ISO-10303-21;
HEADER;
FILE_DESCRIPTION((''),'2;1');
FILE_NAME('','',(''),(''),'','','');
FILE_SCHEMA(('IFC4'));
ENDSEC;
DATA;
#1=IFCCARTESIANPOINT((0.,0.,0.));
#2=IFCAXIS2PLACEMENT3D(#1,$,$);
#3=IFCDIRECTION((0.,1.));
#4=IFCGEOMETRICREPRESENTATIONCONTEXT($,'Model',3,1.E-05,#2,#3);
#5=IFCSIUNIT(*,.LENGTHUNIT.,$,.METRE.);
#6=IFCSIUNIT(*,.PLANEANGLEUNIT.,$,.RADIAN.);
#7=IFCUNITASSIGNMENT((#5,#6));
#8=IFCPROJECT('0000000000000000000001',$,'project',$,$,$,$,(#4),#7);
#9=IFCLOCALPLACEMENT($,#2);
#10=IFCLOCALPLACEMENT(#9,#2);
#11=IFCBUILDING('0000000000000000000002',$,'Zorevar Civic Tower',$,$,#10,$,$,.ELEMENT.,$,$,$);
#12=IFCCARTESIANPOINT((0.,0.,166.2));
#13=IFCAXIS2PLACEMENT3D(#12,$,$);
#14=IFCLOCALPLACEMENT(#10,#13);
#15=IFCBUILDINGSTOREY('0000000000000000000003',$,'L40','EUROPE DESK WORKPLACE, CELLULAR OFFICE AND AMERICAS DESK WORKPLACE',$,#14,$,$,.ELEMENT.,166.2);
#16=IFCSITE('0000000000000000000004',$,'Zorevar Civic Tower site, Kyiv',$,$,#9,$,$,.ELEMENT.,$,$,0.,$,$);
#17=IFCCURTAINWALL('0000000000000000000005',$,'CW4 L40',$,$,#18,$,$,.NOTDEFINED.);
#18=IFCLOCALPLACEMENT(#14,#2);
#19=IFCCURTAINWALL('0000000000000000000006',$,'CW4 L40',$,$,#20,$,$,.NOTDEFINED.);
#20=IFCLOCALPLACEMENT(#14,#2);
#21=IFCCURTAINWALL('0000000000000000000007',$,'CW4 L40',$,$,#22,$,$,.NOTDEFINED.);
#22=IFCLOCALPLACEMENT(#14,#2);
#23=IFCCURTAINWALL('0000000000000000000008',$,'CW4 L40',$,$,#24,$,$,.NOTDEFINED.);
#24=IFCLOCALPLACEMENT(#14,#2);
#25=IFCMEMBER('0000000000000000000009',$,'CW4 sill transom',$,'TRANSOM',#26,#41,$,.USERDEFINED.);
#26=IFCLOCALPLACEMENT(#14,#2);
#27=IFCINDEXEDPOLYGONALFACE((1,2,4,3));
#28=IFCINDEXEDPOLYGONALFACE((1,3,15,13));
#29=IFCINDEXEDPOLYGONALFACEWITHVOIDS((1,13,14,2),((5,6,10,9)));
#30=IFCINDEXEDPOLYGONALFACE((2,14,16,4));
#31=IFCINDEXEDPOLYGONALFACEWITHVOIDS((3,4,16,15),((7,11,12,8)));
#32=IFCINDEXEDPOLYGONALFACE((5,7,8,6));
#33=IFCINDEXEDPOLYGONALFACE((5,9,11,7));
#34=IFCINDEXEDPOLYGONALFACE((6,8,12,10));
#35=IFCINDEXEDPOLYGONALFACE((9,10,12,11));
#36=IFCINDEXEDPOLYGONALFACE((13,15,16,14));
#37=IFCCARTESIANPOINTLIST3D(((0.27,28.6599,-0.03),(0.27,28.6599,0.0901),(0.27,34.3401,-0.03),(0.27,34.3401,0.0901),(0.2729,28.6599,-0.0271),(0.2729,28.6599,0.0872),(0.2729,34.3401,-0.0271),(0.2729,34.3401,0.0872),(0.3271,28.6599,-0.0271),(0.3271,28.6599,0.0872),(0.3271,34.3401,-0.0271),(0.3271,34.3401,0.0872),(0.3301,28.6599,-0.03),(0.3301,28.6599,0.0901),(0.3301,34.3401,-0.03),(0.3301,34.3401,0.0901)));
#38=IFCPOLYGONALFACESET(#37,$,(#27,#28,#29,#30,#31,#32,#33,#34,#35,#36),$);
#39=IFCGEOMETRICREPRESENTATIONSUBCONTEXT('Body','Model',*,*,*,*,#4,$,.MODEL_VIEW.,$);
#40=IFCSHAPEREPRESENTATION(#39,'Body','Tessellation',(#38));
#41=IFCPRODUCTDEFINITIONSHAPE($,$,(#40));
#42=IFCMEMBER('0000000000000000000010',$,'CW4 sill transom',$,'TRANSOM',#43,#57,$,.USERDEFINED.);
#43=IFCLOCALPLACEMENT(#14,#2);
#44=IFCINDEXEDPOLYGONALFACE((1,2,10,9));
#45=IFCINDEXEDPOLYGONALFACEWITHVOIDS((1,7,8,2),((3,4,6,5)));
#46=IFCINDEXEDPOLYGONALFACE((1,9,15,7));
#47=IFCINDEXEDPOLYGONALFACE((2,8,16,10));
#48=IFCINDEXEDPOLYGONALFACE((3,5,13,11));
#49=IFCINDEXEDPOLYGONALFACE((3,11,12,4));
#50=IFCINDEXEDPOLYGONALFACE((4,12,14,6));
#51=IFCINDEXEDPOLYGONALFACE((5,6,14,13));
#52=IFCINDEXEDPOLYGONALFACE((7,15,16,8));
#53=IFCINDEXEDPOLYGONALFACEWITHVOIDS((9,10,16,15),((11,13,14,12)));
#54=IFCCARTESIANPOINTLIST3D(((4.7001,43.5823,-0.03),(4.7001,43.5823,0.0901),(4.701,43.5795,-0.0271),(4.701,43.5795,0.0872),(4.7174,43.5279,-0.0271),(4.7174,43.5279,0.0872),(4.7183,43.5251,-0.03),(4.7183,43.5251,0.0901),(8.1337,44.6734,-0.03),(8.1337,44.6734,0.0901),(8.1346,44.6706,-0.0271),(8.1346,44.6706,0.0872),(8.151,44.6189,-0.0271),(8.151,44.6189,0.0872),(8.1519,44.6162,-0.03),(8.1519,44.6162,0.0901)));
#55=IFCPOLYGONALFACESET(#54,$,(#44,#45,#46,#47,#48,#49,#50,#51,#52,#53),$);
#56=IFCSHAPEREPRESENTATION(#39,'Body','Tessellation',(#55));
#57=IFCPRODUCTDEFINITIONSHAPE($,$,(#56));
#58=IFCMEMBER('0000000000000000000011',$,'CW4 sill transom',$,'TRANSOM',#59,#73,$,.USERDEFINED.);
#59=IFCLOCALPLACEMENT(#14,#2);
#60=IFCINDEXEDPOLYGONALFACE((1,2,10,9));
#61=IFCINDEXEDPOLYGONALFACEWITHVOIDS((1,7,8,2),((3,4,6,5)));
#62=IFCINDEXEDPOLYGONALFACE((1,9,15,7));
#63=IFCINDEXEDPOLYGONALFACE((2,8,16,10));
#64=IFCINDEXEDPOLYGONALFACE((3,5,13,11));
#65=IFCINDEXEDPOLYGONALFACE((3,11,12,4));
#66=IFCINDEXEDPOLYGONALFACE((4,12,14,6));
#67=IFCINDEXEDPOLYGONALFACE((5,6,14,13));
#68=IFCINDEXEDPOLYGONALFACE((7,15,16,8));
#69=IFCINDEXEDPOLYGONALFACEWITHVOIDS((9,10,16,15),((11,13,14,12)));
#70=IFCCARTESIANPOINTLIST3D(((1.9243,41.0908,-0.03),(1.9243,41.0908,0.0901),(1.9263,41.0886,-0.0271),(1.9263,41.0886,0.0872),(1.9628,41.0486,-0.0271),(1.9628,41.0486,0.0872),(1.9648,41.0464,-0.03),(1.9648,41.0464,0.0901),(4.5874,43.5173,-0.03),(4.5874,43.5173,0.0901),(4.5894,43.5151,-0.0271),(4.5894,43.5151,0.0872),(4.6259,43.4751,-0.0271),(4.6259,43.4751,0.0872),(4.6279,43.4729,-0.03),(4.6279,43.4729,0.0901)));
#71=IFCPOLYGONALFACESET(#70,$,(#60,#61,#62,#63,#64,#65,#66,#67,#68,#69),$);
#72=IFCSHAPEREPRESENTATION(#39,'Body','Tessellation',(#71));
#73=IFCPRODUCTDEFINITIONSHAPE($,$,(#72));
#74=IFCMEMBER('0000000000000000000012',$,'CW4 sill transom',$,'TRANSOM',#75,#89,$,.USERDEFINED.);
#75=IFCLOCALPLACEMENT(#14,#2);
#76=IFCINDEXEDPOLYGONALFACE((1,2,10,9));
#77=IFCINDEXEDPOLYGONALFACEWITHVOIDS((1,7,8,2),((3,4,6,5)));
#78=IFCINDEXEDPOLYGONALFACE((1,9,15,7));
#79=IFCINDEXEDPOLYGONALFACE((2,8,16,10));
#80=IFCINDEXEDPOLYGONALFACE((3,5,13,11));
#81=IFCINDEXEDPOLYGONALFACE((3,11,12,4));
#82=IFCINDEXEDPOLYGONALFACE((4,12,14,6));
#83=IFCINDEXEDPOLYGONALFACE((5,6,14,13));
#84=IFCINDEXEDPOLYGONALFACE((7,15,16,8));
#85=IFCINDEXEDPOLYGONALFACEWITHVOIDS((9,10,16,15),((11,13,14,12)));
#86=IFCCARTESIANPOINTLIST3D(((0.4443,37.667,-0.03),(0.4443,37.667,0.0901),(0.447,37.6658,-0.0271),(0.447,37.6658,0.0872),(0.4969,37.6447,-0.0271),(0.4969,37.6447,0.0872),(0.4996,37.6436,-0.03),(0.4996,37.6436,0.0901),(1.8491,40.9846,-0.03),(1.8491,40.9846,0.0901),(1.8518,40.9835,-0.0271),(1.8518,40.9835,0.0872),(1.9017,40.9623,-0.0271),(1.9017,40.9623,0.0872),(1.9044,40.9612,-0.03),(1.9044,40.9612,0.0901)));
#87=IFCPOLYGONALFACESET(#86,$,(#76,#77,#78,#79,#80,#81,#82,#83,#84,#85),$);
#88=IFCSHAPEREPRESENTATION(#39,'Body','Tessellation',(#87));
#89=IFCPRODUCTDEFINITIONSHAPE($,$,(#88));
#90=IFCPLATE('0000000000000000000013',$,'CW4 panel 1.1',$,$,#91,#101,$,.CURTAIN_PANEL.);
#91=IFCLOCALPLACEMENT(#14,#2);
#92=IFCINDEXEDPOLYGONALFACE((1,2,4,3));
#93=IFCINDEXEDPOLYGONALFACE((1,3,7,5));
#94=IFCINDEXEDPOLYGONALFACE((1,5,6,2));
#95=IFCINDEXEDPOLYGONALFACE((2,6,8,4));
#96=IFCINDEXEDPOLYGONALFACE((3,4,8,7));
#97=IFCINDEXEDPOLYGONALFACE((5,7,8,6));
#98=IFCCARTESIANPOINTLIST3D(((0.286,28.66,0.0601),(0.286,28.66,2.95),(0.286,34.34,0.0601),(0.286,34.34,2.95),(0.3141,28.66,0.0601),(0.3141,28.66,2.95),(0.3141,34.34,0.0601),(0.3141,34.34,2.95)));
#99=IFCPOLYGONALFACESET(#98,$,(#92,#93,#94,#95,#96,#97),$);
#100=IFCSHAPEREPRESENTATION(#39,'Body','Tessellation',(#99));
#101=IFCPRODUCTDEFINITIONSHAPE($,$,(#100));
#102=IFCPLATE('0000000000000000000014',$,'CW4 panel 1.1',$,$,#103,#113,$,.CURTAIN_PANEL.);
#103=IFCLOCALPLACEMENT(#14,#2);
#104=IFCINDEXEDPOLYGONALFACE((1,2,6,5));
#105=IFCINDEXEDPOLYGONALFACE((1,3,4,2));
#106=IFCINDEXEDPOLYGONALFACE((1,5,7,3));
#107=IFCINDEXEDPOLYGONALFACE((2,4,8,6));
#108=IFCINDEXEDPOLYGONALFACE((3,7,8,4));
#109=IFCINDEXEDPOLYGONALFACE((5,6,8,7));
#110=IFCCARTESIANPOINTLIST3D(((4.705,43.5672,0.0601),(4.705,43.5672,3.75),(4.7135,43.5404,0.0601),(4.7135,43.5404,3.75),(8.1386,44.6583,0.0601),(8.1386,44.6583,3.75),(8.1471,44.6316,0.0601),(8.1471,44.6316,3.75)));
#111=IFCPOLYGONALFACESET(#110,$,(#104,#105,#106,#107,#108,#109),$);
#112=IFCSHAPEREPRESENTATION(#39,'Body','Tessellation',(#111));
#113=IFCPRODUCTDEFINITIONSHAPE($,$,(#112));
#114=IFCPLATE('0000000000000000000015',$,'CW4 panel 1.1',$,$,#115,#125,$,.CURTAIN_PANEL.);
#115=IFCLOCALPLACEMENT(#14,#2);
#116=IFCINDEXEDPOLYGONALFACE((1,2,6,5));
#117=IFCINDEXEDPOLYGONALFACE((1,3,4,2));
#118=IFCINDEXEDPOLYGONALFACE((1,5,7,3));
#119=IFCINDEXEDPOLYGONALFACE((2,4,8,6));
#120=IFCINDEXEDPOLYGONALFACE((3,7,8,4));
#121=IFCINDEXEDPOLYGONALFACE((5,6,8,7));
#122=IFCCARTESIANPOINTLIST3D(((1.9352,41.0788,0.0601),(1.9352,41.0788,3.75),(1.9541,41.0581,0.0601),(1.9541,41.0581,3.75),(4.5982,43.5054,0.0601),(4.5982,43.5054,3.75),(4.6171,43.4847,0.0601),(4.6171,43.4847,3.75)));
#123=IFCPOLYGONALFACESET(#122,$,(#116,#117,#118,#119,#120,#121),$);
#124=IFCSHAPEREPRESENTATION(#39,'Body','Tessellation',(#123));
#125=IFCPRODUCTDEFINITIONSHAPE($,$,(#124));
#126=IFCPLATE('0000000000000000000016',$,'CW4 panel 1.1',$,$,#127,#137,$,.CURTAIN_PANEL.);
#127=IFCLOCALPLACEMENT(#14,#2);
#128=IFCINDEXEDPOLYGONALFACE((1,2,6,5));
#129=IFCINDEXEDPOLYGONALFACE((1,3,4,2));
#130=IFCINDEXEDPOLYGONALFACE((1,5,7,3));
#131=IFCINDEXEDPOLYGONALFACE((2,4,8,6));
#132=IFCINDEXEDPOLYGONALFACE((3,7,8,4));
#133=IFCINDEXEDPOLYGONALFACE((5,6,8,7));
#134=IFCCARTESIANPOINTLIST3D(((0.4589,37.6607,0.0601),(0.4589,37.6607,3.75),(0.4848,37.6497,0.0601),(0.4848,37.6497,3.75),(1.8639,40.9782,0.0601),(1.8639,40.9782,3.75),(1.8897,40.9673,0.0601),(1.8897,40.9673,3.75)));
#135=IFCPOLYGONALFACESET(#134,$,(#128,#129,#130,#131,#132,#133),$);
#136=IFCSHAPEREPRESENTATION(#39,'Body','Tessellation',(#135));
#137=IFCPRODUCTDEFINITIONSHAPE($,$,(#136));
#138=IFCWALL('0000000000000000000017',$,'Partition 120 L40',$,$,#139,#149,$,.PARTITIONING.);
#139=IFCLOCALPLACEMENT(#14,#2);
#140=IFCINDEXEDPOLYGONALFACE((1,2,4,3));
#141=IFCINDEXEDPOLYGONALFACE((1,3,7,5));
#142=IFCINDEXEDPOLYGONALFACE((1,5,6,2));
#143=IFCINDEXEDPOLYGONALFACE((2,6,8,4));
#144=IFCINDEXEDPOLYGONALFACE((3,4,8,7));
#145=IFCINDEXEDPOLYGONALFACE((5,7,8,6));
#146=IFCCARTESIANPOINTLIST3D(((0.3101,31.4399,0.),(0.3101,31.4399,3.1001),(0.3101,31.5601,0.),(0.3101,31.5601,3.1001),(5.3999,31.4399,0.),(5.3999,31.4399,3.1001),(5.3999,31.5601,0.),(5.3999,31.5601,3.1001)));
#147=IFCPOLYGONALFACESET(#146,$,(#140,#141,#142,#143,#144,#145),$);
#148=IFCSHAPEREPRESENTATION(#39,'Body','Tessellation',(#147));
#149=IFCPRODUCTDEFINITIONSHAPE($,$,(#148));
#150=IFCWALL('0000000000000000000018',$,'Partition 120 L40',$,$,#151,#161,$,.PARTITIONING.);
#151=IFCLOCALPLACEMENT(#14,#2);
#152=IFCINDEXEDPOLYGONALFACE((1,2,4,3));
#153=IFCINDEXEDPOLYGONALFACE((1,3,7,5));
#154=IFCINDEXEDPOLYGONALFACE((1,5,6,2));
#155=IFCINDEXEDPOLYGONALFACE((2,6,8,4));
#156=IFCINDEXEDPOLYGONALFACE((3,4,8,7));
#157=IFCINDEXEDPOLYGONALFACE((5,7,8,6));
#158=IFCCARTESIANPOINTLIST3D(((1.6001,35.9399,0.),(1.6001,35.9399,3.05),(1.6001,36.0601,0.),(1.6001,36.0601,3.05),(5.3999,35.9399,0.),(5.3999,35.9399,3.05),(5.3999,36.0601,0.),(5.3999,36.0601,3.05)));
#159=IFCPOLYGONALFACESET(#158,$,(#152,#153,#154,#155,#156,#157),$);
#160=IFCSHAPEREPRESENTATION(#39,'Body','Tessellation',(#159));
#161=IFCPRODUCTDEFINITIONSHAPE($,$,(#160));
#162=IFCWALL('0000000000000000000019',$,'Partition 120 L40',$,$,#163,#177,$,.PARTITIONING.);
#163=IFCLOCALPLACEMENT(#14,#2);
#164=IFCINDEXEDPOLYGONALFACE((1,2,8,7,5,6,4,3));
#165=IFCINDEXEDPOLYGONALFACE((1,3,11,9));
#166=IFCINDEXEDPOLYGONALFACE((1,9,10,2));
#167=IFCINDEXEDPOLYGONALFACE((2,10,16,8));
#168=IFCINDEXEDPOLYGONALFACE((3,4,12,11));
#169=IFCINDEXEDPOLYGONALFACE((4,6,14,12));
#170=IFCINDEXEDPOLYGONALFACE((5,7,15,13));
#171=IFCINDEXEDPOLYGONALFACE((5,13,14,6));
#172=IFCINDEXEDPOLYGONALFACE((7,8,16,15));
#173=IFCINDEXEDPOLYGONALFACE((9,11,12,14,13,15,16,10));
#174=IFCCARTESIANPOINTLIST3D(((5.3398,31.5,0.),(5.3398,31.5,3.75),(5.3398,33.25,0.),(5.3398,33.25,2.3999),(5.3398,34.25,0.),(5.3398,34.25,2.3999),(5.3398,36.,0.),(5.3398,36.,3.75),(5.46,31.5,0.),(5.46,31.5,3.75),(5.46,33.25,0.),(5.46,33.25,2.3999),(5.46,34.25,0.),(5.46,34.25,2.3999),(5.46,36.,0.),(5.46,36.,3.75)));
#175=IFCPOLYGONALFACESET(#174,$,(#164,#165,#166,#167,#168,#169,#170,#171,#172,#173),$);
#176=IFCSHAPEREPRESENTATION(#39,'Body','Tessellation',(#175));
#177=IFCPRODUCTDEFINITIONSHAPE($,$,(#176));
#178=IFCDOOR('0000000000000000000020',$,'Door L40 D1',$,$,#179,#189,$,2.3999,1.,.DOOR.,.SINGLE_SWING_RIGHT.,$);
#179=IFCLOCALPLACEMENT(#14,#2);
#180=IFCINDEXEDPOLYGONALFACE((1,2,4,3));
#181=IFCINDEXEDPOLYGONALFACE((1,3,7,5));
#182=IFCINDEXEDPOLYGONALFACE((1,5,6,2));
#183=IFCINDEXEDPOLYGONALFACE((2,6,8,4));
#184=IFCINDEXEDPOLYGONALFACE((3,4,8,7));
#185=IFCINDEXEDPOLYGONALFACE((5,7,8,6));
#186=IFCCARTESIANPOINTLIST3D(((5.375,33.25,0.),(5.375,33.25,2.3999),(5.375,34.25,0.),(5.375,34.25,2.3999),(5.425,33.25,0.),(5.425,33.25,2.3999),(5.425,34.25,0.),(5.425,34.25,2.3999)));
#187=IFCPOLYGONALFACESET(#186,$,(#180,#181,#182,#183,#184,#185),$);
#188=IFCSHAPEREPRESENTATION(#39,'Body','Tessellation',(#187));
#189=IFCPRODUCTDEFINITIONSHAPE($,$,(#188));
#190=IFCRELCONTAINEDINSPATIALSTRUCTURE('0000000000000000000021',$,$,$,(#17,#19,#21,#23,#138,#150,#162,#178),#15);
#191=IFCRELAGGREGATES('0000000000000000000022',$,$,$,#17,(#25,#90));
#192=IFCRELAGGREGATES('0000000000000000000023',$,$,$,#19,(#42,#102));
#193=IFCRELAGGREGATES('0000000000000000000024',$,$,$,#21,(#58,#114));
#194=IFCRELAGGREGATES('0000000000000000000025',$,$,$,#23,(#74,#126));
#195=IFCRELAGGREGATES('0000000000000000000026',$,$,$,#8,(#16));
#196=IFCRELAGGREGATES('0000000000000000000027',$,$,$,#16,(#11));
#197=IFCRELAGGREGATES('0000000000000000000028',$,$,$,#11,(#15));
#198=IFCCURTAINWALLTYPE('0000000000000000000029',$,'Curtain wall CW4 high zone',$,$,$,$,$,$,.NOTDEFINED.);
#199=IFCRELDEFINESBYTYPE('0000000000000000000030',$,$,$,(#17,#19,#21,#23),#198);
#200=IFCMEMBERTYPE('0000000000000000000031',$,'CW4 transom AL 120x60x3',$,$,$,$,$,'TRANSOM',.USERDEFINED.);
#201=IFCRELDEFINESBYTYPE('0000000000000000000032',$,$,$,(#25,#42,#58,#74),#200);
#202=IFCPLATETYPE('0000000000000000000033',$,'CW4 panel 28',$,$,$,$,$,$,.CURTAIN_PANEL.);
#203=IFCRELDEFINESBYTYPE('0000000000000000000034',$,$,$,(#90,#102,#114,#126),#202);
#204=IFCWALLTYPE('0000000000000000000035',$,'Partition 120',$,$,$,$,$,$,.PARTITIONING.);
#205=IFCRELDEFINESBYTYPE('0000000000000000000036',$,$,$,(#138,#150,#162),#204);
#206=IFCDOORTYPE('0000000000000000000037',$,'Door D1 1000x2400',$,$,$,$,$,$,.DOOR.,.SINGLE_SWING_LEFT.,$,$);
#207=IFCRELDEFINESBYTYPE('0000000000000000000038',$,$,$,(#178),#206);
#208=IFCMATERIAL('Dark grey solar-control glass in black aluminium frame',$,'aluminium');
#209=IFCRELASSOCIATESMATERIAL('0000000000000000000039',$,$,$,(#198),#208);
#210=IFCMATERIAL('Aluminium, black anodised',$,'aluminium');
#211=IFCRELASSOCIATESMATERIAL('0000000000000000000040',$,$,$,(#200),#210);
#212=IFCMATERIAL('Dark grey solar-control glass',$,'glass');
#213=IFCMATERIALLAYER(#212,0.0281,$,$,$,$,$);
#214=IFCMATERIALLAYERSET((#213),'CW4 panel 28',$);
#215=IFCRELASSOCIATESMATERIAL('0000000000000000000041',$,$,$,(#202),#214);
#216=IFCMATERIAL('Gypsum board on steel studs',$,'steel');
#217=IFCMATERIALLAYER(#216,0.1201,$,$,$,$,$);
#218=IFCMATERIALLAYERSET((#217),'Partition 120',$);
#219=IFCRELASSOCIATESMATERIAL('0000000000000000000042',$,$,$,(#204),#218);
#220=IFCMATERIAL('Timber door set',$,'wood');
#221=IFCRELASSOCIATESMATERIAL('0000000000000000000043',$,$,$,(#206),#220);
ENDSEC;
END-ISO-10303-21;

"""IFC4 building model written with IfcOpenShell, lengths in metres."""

from ifc_helpers import new_model, si_unit, direction, frame, frame_2d, origin, origin_2d, place, context, subcontext, project, spatial, rectangle, hollow_rectangle, extrude, material, layer, layer_set, material_profile, profile_set, type_object, element, fill, aggregate, save


model = new_model("IFC4")

# Units and contexts
model_context = context("Model", 3, precision=1e-05, world=origin(), true_north=direction((0.0, 1.0)))
body_context = subcontext(model_context, "Body", "Model", "MODEL_VIEW")
ifc_project = project(units=[si_unit("LENGTHUNIT", "METRE"), si_unit("PLANEANGLEUNIT", "RADIAN")], contexts=[model_context])

# Site, building, storey
site_placement = place(None, origin())
site = spatial("IfcSite", under=ifc_project, at=site_placement, Name="Zorevar Civic Tower site, Kyiv", CompositionType="ELEMENT", RefElevation=0.0)
building_placement = place(site_placement, origin())
building = spatial("IfcBuilding", under=site, at=building_placement, Name="Zorevar Civic Tower", CompositionType="ELEMENT")
storey_placement = place(building_placement, frame((0.0, 0.0, 166.2)))
storey = spatial("IfcBuildingStorey", under=building, at=storey_placement, Name="L40", Description="EUROPE DESK WORKPLACE, CELLULAR OFFICE AND AMERICAS DESK WORKPLACE", CompositionType="ELEMENT", Elevation=166.2)

# Curtain walls
ifc_material_1 = material(Name="Dark grey solar-control glass in black aluminium frame", Category="aluminium")
curtain_wall_type = type_object("IfcCurtainWallType", Name="Curtain wall CW4 high zone", PredefinedType="NOTDEFINED", material=ifc_material_1)
curtain_wall_1_placement = place(storey_placement, origin())
curtain_wall_1 = element("IfcCurtainWall", 1, at=curtain_wall_1_placement, inside=storey, type_object=curtain_wall_type, Name="CW4 L40", PredefinedType="NOTDEFINED")
curtain_wall_2_placement = place(storey_placement, origin())
curtain_wall_2 = element("IfcCurtainWall", 2, at=curtain_wall_2_placement, inside=storey, type_object=curtain_wall_type, Name="CW4 L40", PredefinedType="NOTDEFINED")
curtain_wall_3_placement = place(storey_placement, origin())
curtain_wall_3 = element("IfcCurtainWall", 3, at=curtain_wall_3_placement, inside=storey, type_object=curtain_wall_type, Name="CW4 L40", PredefinedType="NOTDEFINED")
curtain_wall_4_placement = place(storey_placement, origin())
curtain_wall_4 = element("IfcCurtainWall", 4, at=curtain_wall_4_placement, inside=storey, type_object=curtain_wall_type, Name="CW4 L40", PredefinedType="NOTDEFINED")

# Members
ifc_material_2 = material(Name="Aluminium, black anodised", Category="aluminium")
ifc_material_profile_1 = material_profile(ifc_material_2, hollow_rectangle(XDim=0.0601, YDim=0.1201, WallThickness=0.0029, at=origin_2d()), Name="AL 120x60x3")
ifc_profile_set_1 = profile_set([ifc_material_profile_1], Name="Aluminium, black anodised")
member_type_1 = type_object("IfcMemberType", Name="CW4 transom AL 120x60x3", ElementType="TRANSOM", PredefinedType="USERDEFINED", material=ifc_profile_set_1)
member_1_placement = place(storey_placement, frame((0.3, 28.6599, 0.03), z_axis=(0.0, 1.0, 0.0), x_axis=(-1.0, 0.0, 0.0)))
member_1 = element("IfcMember", 5, at=member_1_placement, type_object=member_type_1, Name="CW4 sill transom", ObjectType="TRANSOM", PredefinedType="USERDEFINED", context=body_context, shape_type="SweptSolid", body=[
    extrude(hollow_rectangle(XDim=0.0601, YDim=0.1201, WallThickness=0.0029, at=origin_2d()), origin(), (0.0, 0.0, 1.0), 5.6802),
])
member_2_placement = place(storey_placement, frame((8.1428, 44.6448, 0.03), z_axis=(-0.953041, -0.30284, 0.0), x_axis=(0.30284, -0.953041, 0.0)))
member_2 = element("IfcMember", 6, at=member_2_placement, type_object=member_type_1, Name="CW4 sill transom", ObjectType="TRANSOM", PredefinedType="USERDEFINED", context=body_context, shape_type="SweptSolid", body=[
    extrude(hollow_rectangle(XDim=0.0601, YDim=0.1201, WallThickness=0.0029, at=origin_2d()), origin(), (0.0, 0.0, 1.0), 3.6028),
])
member_3_placement = place(storey_placement, frame((4.6077, 43.4951, 0.03), z_axis=(-0.739176, -0.673512, 0.0), x_axis=(0.673512, -0.739176, 0.0)))
member_3 = element("IfcMember", 7, at=member_3_placement, type_object=member_type_1, Name="CW4 sill transom", ObjectType="TRANSOM", PredefinedType="USERDEFINED", context=body_context, shape_type="SweptSolid", body=[
    extrude(hollow_rectangle(XDim=0.0601, YDim=0.1201, WallThickness=0.0029, at=origin_2d()), origin(), (0.0, 0.0, 1.0), 3.6028),
])
member_4_placement = place(storey_placement, frame((1.8767, 40.9729, 0.03), z_axis=(-0.389916, -0.92085, 0.0), x_axis=(0.92085, -0.389916, 0.0)))
member_4 = element("IfcMember", 8, at=member_4_placement, type_object=member_type_1, Name="CW4 sill transom", ObjectType="TRANSOM", PredefinedType="USERDEFINED", context=body_context, shape_type="SweptSolid", body=[
    extrude(hollow_rectangle(XDim=0.0601, YDim=0.1201, WallThickness=0.0029, at=origin_2d()), origin(), (0.0, 0.0, 1.0), 3.6028),
])

# Plates
ifc_material_3 = material(Name="Dark grey solar-control glass", Category="glass")
ifc_layer_1 = layer(ifc_material_3, 0.0281)
ifc_layer_set_1 = layer_set([ifc_layer_1], Name="CW4 panel 28")
plate_type = type_object("IfcPlateType", Name="CW4 panel 28", PredefinedType="CURTAIN_PANEL", material=ifc_layer_set_1)
plate_1_placement = place(storey_placement, frame((0.3, 31.5, 0.0601), z_axis=(0.0, 0.0, 1.0), x_axis=(0.0, 1.0, 0.0)))
plate_1 = element("IfcPlate", 9, at=plate_1_placement, type_object=plate_type, Name="CW4 panel 1.1", PredefinedType="CURTAIN_PANEL", context=body_context, shape_type="SweptSolid", body=[
    extrude(rectangle(XDim=5.6799, YDim=0.0281, at=origin_2d()), origin(), (0.0, 0.0, 1.0), 2.8899),
])
aggregate(curtain_wall_1, [member_1, plate_1])
plate_2_placement = place(storey_placement, frame((6.426, 44.0994, 0.0601), z_axis=(0.0, 0.0, 1.0), x_axis=(-0.953035, -0.302859, 0.0)))
plate_2 = element("IfcPlate", 10, at=plate_2_placement, type_object=plate_type, Name="CW4 panel 1.1", PredefinedType="CURTAIN_PANEL", context=body_context, shape_type="SweptSolid", body=[
    extrude(rectangle(XDim=3.6028, YDim=0.0281, at=origin_2d()), origin(), (0.0, 0.0, 1.0), 3.6899),
])
aggregate(curtain_wall_2, [member_2, plate_2])
plate_3_placement = place(storey_placement, frame((3.2761, 42.2817, 0.0601), z_axis=(0.0, 0.0, 1.0), x_axis=(-0.739157, -0.673533, 0.0)))
plate_3 = element("IfcPlate", 11, at=plate_3_placement, type_object=plate_type, Name="CW4 panel 1.1", PredefinedType="CURTAIN_PANEL", context=body_context, shape_type="SweptSolid", body=[
    extrude(rectangle(XDim=3.6028, YDim=0.0281, at=origin_2d()), origin(), (0.0, 0.0, 1.0), 3.6899),
])
aggregate(curtain_wall_3, [member_3, plate_3])
plate_4_placement = place(storey_placement, frame((1.1743, 39.314, 0.0601), z_axis=(0.0, 0.0, 1.0), x_axis=(-0.389965, -0.92083, 0.0)))
plate_4 = element("IfcPlate", 12, at=plate_4_placement, type_object=plate_type, Name="CW4 panel 1.1", PredefinedType="CURTAIN_PANEL", context=body_context, shape_type="SweptSolid", body=[
    extrude(rectangle(XDim=3.6028, YDim=0.0281, at=origin_2d()), origin(), (0.0, 0.0, 1.0), 3.6899),
])
aggregate(curtain_wall_4, [member_4, plate_4])

# Walls
ifc_material_4 = material(Name="Gypsum board on steel studs", Category="steel")
ifc_layer_2 = layer(ifc_material_4, 0.1201)
ifc_layer_set_2 = layer_set([ifc_layer_2], Name="Partition 120")
wall_type = type_object("IfcWallType", Name="Partition 120", PredefinedType="PARTITIONING", material=ifc_layer_set_2)
wall_1_placement = place(storey_placement, frame((0.3101, 31.5, 0.0), z_axis=(0.0, 0.0, 1.0), x_axis=(1.0, 0.0, 0.0)))
element("IfcWall", 13, at=wall_1_placement, inside=storey, type_object=wall_type, Name="Partition 120 L40", PredefinedType="PARTITIONING", context=body_context, shape_type="SweptSolid", body=[
    extrude(rectangle(XDim=5.0898, YDim=0.1201, at=frame_2d((2.5449, 0.0))), origin(), (0.0, 0.0, 1.0), 3.1001),
])
wall_2_placement = place(storey_placement, frame((1.6001, 36.0, 0.0), z_axis=(0.0, 0.0, 1.0), x_axis=(1.0, 0.0, 0.0)))
element("IfcWall", 14, at=wall_2_placement, inside=storey, type_object=wall_type, Name="Partition 120 L40", PredefinedType="PARTITIONING", context=body_context, shape_type="SweptSolid", body=[
    extrude(rectangle(XDim=3.7998, YDim=0.1201, at=frame_2d((1.8999, 0.0))), origin(), (0.0, 0.0, 1.0), 3.05),
])

# Wall, opening, door
wall_3_placement = place(storey_placement, frame((5.3999, 31.5, 0.0), z_axis=(0.0, 0.0, 1.0), x_axis=(0.0, 1.0, 0.0)))
wall_3 = element("IfcWall", 15, at=wall_3_placement, inside=storey, type_object=wall_type, Name="Partition 120 L40", PredefinedType="PARTITIONING", context=body_context, shape_type="SweptSolid", body=[
    extrude(rectangle(XDim=4.5, YDim=0.1201, at=frame_2d((2.25, 0.0))), origin(), (0.0, 0.0, 1.0), 3.75),
])
opening_placement = place(wall_3_placement, frame((1.75, 0.0, 0.0)))
opening = element("IfcOpeningElement", 16, at=opening_placement, cuts=wall_3, PredefinedType="OPENING", context=body_context, shape_type="SweptSolid", body=[
    extrude(rectangle(XDim=1.0, YDim=2.3999, at=frame_2d((0.5, 1.2))), frame((0.0, 0.0701, 0.0), z_axis=(0.0, -1.0, 0.0), x_axis=(1.0, 0.0, 0.0)), (0.0, 0.0, 1.0), 0.1401),
])
ifc_material_5 = material(Name="Timber door set", Category="wood")
door_type = type_object("IfcDoorType", Name="Door D1 1000x2400", OperationType="SINGLE_SWING_LEFT", PredefinedType="DOOR", material=ifc_material_5)
door_placement = place(opening_placement, origin())
door = element("IfcDoor", 17, at=door_placement, inside=storey, type_object=door_type, Name="Door L40 D1", OperationType="SINGLE_SWING_RIGHT", OverallHeight=2.3999, OverallWidth=1.0, PredefinedType="DOOR", context=body_context, shape_type="SweptSolid", body=[
    extrude(rectangle(XDim=1.0, YDim=2.3999, at=frame_2d((0.5, 1.2))), frame((0.0, 0.0249, 0.0), z_axis=(0.0, -1.0, 0.0), x_axis=(1.0, 0.0, 0.0)), (0.0, 0.0, 1.0), 0.05),
])
fill(opening, door)

save(model, "model.ifc")
